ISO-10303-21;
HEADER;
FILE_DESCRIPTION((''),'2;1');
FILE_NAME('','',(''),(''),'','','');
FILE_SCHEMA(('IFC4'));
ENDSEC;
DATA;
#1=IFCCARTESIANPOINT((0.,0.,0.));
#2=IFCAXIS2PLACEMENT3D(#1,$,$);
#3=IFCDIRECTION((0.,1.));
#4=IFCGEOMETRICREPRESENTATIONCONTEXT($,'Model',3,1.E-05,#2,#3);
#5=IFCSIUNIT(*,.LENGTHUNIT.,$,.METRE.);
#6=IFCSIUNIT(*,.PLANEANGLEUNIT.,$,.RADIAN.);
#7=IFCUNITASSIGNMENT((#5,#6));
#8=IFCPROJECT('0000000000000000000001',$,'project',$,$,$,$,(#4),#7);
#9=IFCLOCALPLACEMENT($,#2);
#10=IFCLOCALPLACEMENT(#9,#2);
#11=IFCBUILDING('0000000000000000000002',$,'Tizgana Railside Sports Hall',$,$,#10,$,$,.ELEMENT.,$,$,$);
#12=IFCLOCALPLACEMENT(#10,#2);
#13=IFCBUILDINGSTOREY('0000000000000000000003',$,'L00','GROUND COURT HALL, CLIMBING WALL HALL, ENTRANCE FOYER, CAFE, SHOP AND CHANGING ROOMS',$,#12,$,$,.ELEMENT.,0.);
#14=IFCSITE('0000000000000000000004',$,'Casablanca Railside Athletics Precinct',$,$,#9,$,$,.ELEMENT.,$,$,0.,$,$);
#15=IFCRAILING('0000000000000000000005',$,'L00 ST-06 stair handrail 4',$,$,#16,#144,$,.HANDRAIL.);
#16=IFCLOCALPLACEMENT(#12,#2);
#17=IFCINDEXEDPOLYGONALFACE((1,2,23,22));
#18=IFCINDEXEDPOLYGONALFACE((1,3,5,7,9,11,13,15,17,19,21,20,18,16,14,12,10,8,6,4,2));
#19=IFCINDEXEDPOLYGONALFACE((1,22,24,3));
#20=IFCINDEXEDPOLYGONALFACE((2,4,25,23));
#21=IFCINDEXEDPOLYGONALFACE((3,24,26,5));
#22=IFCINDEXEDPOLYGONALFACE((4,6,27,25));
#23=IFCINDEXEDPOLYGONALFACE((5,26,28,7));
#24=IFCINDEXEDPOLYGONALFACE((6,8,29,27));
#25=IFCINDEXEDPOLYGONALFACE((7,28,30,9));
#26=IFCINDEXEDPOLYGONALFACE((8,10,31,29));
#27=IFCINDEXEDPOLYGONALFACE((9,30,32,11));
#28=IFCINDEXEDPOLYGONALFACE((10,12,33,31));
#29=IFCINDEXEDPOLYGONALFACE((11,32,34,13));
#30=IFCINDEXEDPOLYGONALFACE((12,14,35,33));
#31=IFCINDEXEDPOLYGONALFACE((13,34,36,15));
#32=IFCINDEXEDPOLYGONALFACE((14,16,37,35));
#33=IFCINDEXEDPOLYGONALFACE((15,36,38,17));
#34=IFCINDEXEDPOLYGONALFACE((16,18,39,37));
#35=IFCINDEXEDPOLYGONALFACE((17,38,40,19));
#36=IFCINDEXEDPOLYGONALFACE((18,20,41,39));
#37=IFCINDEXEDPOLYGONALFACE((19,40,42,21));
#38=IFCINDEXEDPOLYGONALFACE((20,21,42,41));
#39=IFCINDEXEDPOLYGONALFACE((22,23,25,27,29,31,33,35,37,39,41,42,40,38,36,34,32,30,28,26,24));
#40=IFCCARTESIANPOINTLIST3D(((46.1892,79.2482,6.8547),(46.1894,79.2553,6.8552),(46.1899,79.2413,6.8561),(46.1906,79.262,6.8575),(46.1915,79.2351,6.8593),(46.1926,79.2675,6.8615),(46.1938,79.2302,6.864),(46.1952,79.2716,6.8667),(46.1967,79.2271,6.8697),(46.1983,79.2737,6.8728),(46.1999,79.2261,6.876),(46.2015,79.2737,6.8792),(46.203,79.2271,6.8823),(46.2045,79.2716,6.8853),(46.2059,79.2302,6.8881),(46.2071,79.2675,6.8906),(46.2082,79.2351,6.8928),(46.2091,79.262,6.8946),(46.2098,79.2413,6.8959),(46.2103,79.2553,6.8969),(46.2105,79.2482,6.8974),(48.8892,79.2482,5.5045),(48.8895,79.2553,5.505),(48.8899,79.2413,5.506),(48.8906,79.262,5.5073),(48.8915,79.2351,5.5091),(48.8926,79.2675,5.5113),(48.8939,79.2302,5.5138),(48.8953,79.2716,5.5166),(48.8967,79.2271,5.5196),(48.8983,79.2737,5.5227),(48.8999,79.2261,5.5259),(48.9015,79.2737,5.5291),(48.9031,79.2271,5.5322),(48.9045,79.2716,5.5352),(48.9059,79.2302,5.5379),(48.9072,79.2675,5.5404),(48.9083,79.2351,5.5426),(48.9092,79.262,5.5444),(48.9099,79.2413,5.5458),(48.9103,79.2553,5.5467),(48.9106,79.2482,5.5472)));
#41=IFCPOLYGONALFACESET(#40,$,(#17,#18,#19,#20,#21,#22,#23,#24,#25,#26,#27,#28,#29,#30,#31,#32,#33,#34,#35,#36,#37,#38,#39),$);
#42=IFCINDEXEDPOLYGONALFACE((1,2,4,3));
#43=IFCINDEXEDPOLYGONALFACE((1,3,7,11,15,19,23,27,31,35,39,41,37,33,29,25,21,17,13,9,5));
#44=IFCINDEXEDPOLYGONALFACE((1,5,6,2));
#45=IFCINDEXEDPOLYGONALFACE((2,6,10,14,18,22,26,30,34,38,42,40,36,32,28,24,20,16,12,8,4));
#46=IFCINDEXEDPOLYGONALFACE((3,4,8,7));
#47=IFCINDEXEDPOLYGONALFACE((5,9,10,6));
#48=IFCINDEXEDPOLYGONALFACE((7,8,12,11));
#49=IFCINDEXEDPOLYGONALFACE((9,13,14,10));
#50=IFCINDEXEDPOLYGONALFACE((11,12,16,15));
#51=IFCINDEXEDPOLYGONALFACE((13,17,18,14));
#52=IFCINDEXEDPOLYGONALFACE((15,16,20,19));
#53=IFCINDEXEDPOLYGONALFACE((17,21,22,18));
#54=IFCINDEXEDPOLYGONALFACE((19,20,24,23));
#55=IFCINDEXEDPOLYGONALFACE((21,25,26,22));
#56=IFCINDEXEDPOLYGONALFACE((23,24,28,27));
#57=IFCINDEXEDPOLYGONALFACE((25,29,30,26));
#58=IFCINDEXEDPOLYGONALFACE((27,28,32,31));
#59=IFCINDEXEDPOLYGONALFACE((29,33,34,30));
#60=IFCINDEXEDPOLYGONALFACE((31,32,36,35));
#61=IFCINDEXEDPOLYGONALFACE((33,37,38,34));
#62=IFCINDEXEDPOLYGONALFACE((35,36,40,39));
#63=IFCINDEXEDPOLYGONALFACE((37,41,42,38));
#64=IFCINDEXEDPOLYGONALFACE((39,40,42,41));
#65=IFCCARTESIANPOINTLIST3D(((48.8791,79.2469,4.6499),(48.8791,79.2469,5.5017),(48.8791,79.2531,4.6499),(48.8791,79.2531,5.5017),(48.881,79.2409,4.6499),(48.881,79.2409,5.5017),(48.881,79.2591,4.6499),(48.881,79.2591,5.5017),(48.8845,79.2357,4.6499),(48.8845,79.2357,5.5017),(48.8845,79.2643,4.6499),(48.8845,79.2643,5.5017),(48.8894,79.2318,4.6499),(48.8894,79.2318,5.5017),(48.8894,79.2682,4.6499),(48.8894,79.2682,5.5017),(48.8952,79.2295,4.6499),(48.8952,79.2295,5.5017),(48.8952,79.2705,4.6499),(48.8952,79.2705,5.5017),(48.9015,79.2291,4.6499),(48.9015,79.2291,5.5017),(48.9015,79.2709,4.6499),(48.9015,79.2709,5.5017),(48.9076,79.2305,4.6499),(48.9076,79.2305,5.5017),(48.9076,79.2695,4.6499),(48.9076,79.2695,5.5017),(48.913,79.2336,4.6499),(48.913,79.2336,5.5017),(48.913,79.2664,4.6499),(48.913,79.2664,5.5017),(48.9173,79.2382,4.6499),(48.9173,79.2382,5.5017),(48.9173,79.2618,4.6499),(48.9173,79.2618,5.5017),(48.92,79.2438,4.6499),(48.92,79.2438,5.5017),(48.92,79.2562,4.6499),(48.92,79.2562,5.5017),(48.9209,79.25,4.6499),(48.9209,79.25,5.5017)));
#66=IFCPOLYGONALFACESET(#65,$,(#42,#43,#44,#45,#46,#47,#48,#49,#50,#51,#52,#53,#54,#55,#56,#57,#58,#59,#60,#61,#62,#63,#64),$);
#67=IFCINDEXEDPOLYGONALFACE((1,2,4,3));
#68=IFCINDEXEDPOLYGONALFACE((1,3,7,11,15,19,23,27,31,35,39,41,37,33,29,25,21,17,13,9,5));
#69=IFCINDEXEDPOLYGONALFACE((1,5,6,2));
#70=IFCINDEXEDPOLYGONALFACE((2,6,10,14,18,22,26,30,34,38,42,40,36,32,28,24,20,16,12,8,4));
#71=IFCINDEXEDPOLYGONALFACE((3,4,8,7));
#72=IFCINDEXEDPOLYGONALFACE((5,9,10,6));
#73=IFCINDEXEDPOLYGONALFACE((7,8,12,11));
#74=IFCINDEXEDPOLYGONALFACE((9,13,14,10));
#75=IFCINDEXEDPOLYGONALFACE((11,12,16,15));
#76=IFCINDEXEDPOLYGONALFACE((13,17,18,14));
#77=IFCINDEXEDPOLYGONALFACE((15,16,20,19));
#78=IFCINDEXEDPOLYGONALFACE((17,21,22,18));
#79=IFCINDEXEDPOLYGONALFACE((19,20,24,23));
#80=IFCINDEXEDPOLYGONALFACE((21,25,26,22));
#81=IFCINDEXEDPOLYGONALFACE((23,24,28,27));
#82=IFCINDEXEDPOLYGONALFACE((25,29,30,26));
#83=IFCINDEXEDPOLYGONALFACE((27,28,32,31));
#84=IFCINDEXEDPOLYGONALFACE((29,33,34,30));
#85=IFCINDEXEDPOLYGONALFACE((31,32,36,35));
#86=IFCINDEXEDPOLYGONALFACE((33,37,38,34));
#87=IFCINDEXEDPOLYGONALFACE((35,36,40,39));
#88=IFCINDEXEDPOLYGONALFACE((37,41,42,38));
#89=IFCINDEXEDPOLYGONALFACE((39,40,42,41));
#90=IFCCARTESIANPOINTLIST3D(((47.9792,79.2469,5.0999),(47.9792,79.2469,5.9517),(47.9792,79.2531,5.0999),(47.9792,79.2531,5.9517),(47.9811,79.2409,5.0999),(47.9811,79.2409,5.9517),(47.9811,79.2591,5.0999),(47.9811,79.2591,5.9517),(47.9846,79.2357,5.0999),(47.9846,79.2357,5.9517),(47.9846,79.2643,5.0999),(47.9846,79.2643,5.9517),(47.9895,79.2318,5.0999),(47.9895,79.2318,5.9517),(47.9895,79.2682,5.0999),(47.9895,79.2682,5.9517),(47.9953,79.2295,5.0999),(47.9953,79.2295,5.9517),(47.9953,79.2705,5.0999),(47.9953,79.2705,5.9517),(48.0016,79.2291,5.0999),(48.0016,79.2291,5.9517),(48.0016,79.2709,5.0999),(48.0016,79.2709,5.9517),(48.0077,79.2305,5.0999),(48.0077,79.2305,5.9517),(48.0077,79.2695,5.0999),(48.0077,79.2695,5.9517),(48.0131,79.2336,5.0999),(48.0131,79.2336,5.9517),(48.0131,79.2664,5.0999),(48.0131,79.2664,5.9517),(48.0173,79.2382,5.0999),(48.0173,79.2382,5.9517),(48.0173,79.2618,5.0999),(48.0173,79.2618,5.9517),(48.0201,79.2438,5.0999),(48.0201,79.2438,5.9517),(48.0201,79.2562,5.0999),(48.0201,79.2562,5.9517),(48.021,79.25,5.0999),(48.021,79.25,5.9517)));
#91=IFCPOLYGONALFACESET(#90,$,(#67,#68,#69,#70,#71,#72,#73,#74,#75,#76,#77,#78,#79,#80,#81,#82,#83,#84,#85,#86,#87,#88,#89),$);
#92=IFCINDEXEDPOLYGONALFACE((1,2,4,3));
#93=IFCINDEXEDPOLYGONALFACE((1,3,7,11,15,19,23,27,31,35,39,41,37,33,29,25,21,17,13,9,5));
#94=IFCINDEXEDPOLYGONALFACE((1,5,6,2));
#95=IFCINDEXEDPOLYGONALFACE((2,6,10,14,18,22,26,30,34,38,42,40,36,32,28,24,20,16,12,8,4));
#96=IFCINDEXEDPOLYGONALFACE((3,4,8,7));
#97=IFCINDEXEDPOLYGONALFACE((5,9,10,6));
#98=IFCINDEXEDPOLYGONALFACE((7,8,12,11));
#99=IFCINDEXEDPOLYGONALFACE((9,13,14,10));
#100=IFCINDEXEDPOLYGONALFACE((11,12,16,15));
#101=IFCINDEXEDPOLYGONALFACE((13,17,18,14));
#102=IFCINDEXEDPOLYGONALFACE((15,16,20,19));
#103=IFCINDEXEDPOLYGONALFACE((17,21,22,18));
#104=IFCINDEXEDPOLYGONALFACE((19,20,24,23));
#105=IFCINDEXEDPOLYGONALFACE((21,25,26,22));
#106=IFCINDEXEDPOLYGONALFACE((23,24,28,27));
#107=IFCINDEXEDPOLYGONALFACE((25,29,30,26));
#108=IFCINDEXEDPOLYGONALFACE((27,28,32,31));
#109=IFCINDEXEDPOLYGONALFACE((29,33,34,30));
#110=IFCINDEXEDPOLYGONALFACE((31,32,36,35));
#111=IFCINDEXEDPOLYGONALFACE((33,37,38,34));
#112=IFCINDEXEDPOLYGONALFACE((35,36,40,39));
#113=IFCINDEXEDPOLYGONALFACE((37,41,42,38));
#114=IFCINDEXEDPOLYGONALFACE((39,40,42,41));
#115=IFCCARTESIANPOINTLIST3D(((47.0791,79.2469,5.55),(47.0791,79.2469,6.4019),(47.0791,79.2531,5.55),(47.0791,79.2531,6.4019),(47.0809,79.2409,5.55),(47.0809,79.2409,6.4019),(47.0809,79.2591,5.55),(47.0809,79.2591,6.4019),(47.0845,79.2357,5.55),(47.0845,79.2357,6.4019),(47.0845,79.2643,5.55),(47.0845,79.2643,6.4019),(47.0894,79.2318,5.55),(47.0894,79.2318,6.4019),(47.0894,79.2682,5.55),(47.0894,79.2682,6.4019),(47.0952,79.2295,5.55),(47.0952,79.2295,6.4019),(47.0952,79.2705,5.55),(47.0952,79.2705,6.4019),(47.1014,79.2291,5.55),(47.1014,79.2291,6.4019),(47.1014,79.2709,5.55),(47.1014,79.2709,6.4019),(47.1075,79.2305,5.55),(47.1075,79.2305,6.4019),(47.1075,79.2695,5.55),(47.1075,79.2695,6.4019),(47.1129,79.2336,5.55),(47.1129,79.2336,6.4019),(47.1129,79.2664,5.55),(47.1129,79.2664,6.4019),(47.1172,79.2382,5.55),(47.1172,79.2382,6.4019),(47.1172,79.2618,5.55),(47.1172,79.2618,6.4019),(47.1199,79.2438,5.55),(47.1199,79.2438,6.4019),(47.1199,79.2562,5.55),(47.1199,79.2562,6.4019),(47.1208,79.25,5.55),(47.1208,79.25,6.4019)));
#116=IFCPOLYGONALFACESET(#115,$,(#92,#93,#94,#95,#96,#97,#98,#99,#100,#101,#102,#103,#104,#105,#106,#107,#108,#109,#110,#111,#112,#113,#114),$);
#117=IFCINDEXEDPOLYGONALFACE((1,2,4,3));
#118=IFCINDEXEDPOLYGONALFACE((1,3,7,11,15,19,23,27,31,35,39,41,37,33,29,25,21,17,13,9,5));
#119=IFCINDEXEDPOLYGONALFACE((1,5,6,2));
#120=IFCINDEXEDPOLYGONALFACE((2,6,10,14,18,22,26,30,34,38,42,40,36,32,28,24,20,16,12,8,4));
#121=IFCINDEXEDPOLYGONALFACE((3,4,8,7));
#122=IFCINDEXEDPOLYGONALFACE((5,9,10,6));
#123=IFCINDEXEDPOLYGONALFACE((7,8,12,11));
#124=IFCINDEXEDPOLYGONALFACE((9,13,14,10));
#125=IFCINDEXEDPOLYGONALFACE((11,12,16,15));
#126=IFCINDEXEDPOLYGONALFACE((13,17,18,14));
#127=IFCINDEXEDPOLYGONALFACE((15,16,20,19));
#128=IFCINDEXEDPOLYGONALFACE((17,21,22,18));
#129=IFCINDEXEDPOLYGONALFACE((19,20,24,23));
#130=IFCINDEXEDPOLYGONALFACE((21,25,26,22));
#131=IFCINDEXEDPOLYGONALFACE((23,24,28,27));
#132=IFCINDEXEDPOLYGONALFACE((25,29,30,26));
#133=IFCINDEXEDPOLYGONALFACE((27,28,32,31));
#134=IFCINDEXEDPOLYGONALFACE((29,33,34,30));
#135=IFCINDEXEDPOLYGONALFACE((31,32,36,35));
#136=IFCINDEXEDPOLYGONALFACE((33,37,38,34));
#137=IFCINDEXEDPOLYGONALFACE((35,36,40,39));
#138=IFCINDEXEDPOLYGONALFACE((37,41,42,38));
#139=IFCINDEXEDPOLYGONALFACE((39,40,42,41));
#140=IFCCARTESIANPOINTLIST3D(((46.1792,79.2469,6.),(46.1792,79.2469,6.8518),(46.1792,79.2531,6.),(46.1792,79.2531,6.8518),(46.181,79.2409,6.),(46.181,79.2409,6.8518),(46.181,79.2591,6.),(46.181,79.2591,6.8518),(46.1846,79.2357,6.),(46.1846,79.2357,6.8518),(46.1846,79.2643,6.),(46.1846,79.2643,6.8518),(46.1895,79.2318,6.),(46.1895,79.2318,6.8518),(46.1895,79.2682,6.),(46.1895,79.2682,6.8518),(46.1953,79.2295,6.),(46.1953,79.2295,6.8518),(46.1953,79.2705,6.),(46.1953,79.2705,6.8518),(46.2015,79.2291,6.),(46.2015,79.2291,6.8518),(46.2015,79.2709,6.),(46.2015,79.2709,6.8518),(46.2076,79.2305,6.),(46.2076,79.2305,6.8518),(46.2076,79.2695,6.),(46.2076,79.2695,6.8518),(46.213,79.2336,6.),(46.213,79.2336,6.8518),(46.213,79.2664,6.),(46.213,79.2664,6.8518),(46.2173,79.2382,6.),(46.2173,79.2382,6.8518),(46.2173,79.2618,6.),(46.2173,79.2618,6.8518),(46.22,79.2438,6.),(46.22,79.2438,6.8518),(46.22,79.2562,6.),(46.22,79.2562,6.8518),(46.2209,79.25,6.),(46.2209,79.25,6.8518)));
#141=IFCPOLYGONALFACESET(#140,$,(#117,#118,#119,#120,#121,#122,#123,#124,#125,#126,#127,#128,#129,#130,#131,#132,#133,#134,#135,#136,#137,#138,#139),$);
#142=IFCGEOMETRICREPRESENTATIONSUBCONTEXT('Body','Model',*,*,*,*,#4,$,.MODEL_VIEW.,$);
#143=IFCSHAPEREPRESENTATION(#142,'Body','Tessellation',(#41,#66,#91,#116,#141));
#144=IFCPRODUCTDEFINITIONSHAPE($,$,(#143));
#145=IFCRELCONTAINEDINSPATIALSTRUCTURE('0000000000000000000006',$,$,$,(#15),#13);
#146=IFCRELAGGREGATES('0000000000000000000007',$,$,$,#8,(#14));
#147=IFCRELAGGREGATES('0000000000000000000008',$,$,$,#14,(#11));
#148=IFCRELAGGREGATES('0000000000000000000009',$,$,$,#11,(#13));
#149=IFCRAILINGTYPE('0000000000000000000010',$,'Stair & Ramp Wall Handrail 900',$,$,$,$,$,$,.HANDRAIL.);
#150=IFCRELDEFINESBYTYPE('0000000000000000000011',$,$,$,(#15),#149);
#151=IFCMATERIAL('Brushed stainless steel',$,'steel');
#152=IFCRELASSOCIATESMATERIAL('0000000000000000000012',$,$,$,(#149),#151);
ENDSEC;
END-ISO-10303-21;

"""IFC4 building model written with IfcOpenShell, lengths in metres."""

from ifc_helpers import new_model, si_unit, direction, frame, origin, origin_2d, place, context, subcontext, project, spatial, circle, extrude, material, type_object, element, save


model = new_model("IFC4")

# Units and contexts
model_context = context("Model", 3, precision=1e-05, world=origin(), true_north=direction((0.0, 1.0)))
body_context = subcontext(model_context, "Body", "Model", "MODEL_VIEW")
ifc_project = project(units=[si_unit("LENGTHUNIT", "METRE"), si_unit("PLANEANGLEUNIT", "RADIAN")], contexts=[model_context])

# Site, building, storey
site_placement = place(None, origin())
site = spatial("IfcSite", under=ifc_project, at=site_placement, Name="Casablanca Railside Athletics Precinct", CompositionType="ELEMENT", RefElevation=0.0)
building_placement = place(site_placement, origin())
building = spatial("IfcBuilding", under=site, at=building_placement, Name="Tizgana Railside Sports Hall", CompositionType="ELEMENT")
storey_placement = place(building_placement, origin())
storey = spatial("IfcBuildingStorey", under=building, at=storey_placement, Name="L00", Description="GROUND COURT HALL, CLIMBING WALL HALL, ENTRANCE FOYER, CAFE, SHOP AND CHANGING ROOMS", CompositionType="ELEMENT", Elevation=0.0)

# Railing
ifc_material_1 = material(Name="Brushed stainless steel", Category="steel")
railing_type_1 = type_object("IfcRailingType", Name="Stair & Ramp Wall Handrail 900", PredefinedType="HANDRAIL", material=ifc_material_1)
for number, where, name in (
    (1, (48.8999, 79.25, 4.6499), "L00 ST-06 stair handrail 4"),
):
    element("IfcRailing", number, at=place(storey_placement, frame(where)), inside=storey, type_object=railing_type_1, Name=name, PredefinedType="HANDRAIL", context=body_context, shape_type="SweptSolid", body=[
        extrude(circle(Radius=0.0239, at=origin_2d()), frame((0.0, 0.0, 0.876), z_axis=(-0.894411, 0.0, 0.447246), x_axis=(0.0, -1.0, 0.0)), (0.0, 0.0, 1.0), 3.0188),
        extrude(circle(Radius=0.021, at=origin_2d()), origin(), (0.0, 0.0, 1.0), 0.8518),
        extrude(circle(Radius=0.021, at=origin_2d()), frame((-0.8999, 0.0, 0.45)), (0.0, 0.0, 1.0), 0.8518),
        extrude(circle(Radius=0.021, at=origin_2d()), frame((-1.8, 0.0, 0.9001)), (0.0, 0.0, 1.0), 0.8518),
        extrude(circle(Radius=0.021, at=origin_2d()), frame((-2.7, 0.0, 1.3501)), (0.0, 0.0, 1.0), 0.8518),
    ])

save(model, "model.ifc")
